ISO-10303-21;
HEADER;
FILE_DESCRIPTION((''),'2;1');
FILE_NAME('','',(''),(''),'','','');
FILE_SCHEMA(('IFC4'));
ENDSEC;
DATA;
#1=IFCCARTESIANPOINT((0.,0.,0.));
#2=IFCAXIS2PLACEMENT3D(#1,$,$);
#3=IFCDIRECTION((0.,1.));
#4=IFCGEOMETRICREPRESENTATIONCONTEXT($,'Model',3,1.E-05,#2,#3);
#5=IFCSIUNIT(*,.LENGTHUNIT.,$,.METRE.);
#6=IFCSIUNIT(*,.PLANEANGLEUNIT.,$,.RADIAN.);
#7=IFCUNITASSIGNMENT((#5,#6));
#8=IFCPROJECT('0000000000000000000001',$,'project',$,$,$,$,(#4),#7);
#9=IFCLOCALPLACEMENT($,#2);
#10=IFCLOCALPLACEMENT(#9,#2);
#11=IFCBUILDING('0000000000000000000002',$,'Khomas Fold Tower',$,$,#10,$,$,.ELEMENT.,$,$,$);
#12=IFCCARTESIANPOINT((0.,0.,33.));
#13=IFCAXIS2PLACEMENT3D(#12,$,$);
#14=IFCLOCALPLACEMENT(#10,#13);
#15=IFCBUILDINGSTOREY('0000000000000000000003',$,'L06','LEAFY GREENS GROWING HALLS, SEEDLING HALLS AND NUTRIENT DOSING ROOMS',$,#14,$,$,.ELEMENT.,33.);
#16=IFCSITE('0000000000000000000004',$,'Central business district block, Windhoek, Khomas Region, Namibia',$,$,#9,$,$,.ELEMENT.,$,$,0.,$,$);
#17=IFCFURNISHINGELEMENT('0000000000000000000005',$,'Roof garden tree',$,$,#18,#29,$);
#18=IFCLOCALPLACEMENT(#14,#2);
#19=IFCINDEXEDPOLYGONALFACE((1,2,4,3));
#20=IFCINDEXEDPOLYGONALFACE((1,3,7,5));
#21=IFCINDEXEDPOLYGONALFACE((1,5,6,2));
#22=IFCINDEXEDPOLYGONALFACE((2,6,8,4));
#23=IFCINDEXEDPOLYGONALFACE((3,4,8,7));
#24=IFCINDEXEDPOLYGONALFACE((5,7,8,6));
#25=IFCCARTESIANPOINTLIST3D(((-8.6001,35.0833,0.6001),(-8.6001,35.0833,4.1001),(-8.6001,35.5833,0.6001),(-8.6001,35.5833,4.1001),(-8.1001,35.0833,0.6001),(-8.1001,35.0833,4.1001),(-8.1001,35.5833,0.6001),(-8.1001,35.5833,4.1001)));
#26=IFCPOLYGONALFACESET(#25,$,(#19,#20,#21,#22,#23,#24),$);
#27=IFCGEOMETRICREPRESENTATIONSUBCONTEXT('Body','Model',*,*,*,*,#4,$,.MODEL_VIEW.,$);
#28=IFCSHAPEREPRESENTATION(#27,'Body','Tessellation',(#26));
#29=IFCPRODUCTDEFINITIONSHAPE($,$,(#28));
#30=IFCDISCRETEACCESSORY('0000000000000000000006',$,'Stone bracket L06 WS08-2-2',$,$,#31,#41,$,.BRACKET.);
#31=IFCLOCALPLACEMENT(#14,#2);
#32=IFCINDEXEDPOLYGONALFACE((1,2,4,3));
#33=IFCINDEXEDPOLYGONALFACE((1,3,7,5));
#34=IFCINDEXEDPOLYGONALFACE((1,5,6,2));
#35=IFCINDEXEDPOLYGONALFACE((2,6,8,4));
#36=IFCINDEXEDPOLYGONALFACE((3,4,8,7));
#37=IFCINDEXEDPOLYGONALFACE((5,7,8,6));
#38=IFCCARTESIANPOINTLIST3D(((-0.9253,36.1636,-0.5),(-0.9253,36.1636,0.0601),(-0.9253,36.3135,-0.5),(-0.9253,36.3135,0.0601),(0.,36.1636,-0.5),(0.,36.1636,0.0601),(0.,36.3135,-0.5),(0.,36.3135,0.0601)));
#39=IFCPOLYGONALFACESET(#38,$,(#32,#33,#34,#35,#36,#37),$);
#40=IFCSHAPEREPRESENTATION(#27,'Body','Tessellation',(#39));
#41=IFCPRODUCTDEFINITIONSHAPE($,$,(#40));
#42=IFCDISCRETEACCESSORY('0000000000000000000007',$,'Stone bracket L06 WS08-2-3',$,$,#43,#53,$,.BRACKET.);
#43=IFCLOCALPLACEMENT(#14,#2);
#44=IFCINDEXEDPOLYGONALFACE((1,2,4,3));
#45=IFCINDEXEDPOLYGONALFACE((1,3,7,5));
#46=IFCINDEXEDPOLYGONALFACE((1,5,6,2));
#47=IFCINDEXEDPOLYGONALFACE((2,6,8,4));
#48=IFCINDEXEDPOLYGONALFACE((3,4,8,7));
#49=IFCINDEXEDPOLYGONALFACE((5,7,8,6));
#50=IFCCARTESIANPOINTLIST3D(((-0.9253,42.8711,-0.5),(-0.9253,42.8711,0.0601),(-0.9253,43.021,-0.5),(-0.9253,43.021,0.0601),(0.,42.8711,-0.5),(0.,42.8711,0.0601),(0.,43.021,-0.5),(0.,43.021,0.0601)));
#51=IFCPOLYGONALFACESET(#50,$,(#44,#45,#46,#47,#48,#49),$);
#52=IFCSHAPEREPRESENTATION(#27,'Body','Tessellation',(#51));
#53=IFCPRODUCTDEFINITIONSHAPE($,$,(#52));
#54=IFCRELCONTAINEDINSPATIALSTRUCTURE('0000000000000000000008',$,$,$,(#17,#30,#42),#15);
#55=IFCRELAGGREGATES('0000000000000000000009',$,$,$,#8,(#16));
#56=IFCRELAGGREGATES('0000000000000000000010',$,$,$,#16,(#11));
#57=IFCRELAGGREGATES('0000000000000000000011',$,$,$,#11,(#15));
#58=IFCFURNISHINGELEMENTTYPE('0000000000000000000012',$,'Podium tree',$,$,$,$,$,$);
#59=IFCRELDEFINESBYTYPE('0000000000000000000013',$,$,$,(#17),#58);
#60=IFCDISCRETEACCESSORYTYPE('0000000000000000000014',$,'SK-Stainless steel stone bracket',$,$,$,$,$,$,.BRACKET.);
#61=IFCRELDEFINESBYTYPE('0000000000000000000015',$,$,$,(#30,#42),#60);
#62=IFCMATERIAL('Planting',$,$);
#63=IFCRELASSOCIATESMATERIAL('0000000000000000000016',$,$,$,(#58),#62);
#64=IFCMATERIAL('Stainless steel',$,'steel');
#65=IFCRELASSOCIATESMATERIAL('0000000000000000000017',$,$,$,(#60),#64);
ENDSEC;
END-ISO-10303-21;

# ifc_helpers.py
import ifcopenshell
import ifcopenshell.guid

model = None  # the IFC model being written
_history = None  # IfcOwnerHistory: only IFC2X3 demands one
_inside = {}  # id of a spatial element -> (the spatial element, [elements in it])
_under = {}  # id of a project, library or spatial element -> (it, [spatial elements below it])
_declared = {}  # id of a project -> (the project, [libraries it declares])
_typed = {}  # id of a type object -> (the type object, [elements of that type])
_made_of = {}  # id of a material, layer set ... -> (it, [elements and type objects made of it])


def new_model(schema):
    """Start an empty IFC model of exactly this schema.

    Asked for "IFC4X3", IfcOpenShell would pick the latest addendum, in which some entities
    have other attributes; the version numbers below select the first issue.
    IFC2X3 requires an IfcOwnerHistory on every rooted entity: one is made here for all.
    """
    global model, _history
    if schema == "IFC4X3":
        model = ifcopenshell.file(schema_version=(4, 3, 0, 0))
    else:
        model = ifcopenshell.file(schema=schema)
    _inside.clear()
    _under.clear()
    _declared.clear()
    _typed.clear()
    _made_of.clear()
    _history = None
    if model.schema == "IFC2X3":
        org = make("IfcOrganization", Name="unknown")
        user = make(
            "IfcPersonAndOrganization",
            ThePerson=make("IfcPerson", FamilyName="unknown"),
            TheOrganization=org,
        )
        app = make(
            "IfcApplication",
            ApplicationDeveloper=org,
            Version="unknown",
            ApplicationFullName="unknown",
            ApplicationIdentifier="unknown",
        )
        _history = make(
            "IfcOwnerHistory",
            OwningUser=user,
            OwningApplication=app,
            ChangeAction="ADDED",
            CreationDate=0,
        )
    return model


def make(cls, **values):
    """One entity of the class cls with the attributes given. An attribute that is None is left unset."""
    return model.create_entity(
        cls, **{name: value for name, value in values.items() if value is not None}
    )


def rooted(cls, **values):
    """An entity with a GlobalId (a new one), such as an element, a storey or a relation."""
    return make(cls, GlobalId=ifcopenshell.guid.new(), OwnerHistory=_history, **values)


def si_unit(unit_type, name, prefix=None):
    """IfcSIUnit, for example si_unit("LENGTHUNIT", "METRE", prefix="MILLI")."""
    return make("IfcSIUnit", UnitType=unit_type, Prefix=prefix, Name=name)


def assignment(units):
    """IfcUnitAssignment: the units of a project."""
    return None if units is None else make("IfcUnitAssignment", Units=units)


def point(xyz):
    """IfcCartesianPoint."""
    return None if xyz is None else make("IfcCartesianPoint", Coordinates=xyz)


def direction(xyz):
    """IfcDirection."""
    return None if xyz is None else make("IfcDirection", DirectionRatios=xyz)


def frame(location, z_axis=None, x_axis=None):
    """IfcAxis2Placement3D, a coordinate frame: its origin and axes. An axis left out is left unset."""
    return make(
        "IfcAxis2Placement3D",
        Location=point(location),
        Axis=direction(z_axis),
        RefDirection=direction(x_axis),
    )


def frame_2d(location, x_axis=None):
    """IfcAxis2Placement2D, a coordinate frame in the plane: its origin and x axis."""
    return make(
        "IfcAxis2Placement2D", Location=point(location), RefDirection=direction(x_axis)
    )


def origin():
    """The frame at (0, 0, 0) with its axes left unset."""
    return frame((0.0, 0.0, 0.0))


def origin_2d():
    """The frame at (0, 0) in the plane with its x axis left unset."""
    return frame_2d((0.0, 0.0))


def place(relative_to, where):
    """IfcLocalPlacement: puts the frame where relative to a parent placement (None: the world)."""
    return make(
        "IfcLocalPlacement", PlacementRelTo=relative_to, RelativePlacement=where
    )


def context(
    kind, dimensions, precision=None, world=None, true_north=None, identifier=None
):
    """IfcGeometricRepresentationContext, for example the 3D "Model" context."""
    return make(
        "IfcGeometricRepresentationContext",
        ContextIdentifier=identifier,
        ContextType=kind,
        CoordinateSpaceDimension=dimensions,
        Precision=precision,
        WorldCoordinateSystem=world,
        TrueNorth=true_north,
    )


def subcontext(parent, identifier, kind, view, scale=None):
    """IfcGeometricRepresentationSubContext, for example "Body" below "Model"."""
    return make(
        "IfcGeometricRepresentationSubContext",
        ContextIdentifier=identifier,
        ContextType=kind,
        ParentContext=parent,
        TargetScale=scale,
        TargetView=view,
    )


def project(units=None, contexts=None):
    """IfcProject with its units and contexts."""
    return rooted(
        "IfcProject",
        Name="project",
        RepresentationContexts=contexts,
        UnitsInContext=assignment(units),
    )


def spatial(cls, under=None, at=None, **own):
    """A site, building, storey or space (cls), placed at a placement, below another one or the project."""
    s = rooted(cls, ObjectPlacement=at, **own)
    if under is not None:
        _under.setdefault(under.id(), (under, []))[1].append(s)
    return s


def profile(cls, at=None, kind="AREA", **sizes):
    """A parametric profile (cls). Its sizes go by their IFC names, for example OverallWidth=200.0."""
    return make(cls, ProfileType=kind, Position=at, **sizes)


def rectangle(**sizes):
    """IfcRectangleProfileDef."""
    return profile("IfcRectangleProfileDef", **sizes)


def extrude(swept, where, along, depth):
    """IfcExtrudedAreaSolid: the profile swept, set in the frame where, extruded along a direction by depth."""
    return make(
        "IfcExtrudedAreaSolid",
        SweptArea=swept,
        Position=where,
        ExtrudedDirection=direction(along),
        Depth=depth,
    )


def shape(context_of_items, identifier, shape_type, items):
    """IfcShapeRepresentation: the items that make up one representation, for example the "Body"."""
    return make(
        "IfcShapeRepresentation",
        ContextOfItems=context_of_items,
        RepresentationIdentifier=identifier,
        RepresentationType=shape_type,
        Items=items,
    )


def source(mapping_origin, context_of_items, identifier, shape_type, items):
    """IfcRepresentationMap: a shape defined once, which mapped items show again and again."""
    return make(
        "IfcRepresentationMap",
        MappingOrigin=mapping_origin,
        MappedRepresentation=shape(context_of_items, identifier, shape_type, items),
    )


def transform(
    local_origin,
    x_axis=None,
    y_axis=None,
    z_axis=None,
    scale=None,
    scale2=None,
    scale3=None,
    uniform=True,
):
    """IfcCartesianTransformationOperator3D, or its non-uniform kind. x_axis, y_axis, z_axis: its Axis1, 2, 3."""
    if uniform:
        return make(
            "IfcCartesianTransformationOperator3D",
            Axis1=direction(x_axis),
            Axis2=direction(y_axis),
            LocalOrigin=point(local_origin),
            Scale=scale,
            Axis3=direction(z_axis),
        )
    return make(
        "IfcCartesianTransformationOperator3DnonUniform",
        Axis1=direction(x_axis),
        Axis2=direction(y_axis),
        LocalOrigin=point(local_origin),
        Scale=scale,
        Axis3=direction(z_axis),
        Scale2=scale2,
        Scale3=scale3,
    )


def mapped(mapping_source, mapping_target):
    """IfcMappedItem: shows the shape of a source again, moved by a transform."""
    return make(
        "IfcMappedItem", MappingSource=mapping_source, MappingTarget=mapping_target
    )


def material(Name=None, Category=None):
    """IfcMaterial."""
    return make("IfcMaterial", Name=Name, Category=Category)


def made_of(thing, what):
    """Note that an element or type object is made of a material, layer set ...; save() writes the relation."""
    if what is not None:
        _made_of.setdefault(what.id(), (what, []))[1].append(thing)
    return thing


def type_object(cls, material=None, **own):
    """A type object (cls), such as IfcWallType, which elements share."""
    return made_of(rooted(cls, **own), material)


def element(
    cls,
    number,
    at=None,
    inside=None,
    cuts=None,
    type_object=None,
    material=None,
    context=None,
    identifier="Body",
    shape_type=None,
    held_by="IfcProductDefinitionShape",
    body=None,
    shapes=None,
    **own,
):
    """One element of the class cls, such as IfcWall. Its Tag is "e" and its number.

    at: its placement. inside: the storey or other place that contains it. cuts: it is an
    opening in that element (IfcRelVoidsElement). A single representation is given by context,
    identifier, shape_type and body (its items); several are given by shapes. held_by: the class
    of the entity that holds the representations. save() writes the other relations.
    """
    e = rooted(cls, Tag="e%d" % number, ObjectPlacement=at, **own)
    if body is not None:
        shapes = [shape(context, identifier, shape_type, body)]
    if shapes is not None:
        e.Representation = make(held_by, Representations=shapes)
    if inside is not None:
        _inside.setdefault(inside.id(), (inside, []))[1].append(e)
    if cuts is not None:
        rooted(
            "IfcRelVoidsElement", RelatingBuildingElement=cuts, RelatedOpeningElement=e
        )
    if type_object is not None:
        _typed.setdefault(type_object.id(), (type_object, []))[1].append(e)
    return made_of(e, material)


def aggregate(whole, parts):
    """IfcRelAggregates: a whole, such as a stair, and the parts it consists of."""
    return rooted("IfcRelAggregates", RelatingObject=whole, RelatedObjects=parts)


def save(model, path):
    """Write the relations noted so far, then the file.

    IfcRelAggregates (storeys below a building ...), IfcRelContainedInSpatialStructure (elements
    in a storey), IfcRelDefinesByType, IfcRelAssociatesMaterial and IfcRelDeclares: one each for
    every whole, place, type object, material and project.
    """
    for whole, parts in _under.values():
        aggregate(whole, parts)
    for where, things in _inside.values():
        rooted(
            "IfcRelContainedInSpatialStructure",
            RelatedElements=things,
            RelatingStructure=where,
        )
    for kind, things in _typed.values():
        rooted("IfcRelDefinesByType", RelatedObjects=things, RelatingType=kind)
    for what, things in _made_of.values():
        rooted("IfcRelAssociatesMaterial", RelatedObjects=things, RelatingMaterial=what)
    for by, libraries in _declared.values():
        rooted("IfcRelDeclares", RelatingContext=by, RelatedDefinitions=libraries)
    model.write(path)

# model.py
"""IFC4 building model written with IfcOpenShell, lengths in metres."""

from ifc_helpers import new_model, si_unit, direction, frame, origin, origin_2d, place, context, subcontext, project, spatial, rectangle, extrude, source, transform, mapped, material, type_object, element, save


model = new_model("IFC4")

# Units and contexts
model_context = context("Model", 3, precision=1e-05, world=origin(), true_north=direction((0.0, 1.0)))
body_context = subcontext(model_context, "Body", "Model", "MODEL_VIEW")
ifc_project = project(units=[si_unit("LENGTHUNIT", "METRE"), si_unit("PLANEANGLEUNIT", "RADIAN")], contexts=[model_context])

# Site, building, storey
site_placement = place(None, origin())
site = spatial("IfcSite", under=ifc_project, at=site_placement, Name="Central business district block, Windhoek, Khomas Region, Namibia", CompositionType="ELEMENT", RefElevation=0.0)
building_placement = place(site_placement, origin())
building = spatial("IfcBuilding", under=site, at=building_placement, Name="Khomas Fold Tower", CompositionType="ELEMENT")
storey_placement = place(building_placement, frame((0.0, 0.0, 33.0)))
storey = spatial("IfcBuildingStorey", under=building, at=storey_placement, Name="L06", Description="LEAFY GREENS GROWING HALLS, SEEDLING HALLS AND NUTRIENT DOSING ROOMS", CompositionType="ELEMENT", Elevation=33.0)

# Furnishing element
ifc_material_1 = material(Name="Planting")
furnishing_element_type_1 = type_object("IfcFurnishingElementType", Name="Podium tree", material=ifc_material_1)
shared_shape_1 = source(origin(), body_context, "Body", "SweptSolid", [
    extrude(rectangle(XDim=0.5, YDim=0.5, at=origin_2d()), origin(), (0.0, 0.0, 1.0), 3.5),
])
furnishing_1_placement = place(storey_placement, frame((-8.3501, 35.3333, 0.6001), z_axis=(0.0, 0.0, 1.0), x_axis=(1.0, 0.0, 0.0)))
element("IfcFurnishingElement", 1, at=furnishing_1_placement, inside=storey, type_object=furnishing_element_type_1, Name="Roof garden tree", context=body_context, shape_type="MappedRepresentation", body=[
    mapped(shared_shape_1, transform((0.0, 0.0, 0.0))),
])

# Discrete accessories
ifc_material_2 = material(Name="Stainless steel", Category="steel")
discrete_accessory_type = type_object("IfcDiscreteAccessoryType", Name="SK-Stainless steel stone bracket", PredefinedType="BRACKET", material=ifc_material_2)
shared_shape_2 = source(origin(), body_context, "Body", "SweptSolid", [
    extrude(rectangle(XDim=0.9253, YDim=0.1499, at=origin_2d()), origin(), (0.0, 0.0, 1.0), 0.5601),
])
for number, where, z_axis, x_axis, name in (
    (2, (-0.4626, 36.2385, -0.5), (0.0, 0.0, 1.0), (-1.0, 0.0, 0.0), "Stone bracket L06 WS08-2-2"),
    (3, (-0.4626, 42.946, -0.5), (0.0, 0.0, 1.0), (-1.0, 0.0, 0.0), "Stone bracket L06 WS08-2-3"),
):
    element("IfcDiscreteAccessory", number, at=place(storey_placement, frame(where, z_axis=z_axis, x_axis=x_axis)), inside=storey, type_object=discrete_accessory_type, Name=name, PredefinedType="BRACKET", context=body_context, shape_type="MappedRepresentation", body=[
        mapped(shared_shape_2, transform((0.0, 0.0, 0.0))),
    ])

save(model, "model.ifc")
